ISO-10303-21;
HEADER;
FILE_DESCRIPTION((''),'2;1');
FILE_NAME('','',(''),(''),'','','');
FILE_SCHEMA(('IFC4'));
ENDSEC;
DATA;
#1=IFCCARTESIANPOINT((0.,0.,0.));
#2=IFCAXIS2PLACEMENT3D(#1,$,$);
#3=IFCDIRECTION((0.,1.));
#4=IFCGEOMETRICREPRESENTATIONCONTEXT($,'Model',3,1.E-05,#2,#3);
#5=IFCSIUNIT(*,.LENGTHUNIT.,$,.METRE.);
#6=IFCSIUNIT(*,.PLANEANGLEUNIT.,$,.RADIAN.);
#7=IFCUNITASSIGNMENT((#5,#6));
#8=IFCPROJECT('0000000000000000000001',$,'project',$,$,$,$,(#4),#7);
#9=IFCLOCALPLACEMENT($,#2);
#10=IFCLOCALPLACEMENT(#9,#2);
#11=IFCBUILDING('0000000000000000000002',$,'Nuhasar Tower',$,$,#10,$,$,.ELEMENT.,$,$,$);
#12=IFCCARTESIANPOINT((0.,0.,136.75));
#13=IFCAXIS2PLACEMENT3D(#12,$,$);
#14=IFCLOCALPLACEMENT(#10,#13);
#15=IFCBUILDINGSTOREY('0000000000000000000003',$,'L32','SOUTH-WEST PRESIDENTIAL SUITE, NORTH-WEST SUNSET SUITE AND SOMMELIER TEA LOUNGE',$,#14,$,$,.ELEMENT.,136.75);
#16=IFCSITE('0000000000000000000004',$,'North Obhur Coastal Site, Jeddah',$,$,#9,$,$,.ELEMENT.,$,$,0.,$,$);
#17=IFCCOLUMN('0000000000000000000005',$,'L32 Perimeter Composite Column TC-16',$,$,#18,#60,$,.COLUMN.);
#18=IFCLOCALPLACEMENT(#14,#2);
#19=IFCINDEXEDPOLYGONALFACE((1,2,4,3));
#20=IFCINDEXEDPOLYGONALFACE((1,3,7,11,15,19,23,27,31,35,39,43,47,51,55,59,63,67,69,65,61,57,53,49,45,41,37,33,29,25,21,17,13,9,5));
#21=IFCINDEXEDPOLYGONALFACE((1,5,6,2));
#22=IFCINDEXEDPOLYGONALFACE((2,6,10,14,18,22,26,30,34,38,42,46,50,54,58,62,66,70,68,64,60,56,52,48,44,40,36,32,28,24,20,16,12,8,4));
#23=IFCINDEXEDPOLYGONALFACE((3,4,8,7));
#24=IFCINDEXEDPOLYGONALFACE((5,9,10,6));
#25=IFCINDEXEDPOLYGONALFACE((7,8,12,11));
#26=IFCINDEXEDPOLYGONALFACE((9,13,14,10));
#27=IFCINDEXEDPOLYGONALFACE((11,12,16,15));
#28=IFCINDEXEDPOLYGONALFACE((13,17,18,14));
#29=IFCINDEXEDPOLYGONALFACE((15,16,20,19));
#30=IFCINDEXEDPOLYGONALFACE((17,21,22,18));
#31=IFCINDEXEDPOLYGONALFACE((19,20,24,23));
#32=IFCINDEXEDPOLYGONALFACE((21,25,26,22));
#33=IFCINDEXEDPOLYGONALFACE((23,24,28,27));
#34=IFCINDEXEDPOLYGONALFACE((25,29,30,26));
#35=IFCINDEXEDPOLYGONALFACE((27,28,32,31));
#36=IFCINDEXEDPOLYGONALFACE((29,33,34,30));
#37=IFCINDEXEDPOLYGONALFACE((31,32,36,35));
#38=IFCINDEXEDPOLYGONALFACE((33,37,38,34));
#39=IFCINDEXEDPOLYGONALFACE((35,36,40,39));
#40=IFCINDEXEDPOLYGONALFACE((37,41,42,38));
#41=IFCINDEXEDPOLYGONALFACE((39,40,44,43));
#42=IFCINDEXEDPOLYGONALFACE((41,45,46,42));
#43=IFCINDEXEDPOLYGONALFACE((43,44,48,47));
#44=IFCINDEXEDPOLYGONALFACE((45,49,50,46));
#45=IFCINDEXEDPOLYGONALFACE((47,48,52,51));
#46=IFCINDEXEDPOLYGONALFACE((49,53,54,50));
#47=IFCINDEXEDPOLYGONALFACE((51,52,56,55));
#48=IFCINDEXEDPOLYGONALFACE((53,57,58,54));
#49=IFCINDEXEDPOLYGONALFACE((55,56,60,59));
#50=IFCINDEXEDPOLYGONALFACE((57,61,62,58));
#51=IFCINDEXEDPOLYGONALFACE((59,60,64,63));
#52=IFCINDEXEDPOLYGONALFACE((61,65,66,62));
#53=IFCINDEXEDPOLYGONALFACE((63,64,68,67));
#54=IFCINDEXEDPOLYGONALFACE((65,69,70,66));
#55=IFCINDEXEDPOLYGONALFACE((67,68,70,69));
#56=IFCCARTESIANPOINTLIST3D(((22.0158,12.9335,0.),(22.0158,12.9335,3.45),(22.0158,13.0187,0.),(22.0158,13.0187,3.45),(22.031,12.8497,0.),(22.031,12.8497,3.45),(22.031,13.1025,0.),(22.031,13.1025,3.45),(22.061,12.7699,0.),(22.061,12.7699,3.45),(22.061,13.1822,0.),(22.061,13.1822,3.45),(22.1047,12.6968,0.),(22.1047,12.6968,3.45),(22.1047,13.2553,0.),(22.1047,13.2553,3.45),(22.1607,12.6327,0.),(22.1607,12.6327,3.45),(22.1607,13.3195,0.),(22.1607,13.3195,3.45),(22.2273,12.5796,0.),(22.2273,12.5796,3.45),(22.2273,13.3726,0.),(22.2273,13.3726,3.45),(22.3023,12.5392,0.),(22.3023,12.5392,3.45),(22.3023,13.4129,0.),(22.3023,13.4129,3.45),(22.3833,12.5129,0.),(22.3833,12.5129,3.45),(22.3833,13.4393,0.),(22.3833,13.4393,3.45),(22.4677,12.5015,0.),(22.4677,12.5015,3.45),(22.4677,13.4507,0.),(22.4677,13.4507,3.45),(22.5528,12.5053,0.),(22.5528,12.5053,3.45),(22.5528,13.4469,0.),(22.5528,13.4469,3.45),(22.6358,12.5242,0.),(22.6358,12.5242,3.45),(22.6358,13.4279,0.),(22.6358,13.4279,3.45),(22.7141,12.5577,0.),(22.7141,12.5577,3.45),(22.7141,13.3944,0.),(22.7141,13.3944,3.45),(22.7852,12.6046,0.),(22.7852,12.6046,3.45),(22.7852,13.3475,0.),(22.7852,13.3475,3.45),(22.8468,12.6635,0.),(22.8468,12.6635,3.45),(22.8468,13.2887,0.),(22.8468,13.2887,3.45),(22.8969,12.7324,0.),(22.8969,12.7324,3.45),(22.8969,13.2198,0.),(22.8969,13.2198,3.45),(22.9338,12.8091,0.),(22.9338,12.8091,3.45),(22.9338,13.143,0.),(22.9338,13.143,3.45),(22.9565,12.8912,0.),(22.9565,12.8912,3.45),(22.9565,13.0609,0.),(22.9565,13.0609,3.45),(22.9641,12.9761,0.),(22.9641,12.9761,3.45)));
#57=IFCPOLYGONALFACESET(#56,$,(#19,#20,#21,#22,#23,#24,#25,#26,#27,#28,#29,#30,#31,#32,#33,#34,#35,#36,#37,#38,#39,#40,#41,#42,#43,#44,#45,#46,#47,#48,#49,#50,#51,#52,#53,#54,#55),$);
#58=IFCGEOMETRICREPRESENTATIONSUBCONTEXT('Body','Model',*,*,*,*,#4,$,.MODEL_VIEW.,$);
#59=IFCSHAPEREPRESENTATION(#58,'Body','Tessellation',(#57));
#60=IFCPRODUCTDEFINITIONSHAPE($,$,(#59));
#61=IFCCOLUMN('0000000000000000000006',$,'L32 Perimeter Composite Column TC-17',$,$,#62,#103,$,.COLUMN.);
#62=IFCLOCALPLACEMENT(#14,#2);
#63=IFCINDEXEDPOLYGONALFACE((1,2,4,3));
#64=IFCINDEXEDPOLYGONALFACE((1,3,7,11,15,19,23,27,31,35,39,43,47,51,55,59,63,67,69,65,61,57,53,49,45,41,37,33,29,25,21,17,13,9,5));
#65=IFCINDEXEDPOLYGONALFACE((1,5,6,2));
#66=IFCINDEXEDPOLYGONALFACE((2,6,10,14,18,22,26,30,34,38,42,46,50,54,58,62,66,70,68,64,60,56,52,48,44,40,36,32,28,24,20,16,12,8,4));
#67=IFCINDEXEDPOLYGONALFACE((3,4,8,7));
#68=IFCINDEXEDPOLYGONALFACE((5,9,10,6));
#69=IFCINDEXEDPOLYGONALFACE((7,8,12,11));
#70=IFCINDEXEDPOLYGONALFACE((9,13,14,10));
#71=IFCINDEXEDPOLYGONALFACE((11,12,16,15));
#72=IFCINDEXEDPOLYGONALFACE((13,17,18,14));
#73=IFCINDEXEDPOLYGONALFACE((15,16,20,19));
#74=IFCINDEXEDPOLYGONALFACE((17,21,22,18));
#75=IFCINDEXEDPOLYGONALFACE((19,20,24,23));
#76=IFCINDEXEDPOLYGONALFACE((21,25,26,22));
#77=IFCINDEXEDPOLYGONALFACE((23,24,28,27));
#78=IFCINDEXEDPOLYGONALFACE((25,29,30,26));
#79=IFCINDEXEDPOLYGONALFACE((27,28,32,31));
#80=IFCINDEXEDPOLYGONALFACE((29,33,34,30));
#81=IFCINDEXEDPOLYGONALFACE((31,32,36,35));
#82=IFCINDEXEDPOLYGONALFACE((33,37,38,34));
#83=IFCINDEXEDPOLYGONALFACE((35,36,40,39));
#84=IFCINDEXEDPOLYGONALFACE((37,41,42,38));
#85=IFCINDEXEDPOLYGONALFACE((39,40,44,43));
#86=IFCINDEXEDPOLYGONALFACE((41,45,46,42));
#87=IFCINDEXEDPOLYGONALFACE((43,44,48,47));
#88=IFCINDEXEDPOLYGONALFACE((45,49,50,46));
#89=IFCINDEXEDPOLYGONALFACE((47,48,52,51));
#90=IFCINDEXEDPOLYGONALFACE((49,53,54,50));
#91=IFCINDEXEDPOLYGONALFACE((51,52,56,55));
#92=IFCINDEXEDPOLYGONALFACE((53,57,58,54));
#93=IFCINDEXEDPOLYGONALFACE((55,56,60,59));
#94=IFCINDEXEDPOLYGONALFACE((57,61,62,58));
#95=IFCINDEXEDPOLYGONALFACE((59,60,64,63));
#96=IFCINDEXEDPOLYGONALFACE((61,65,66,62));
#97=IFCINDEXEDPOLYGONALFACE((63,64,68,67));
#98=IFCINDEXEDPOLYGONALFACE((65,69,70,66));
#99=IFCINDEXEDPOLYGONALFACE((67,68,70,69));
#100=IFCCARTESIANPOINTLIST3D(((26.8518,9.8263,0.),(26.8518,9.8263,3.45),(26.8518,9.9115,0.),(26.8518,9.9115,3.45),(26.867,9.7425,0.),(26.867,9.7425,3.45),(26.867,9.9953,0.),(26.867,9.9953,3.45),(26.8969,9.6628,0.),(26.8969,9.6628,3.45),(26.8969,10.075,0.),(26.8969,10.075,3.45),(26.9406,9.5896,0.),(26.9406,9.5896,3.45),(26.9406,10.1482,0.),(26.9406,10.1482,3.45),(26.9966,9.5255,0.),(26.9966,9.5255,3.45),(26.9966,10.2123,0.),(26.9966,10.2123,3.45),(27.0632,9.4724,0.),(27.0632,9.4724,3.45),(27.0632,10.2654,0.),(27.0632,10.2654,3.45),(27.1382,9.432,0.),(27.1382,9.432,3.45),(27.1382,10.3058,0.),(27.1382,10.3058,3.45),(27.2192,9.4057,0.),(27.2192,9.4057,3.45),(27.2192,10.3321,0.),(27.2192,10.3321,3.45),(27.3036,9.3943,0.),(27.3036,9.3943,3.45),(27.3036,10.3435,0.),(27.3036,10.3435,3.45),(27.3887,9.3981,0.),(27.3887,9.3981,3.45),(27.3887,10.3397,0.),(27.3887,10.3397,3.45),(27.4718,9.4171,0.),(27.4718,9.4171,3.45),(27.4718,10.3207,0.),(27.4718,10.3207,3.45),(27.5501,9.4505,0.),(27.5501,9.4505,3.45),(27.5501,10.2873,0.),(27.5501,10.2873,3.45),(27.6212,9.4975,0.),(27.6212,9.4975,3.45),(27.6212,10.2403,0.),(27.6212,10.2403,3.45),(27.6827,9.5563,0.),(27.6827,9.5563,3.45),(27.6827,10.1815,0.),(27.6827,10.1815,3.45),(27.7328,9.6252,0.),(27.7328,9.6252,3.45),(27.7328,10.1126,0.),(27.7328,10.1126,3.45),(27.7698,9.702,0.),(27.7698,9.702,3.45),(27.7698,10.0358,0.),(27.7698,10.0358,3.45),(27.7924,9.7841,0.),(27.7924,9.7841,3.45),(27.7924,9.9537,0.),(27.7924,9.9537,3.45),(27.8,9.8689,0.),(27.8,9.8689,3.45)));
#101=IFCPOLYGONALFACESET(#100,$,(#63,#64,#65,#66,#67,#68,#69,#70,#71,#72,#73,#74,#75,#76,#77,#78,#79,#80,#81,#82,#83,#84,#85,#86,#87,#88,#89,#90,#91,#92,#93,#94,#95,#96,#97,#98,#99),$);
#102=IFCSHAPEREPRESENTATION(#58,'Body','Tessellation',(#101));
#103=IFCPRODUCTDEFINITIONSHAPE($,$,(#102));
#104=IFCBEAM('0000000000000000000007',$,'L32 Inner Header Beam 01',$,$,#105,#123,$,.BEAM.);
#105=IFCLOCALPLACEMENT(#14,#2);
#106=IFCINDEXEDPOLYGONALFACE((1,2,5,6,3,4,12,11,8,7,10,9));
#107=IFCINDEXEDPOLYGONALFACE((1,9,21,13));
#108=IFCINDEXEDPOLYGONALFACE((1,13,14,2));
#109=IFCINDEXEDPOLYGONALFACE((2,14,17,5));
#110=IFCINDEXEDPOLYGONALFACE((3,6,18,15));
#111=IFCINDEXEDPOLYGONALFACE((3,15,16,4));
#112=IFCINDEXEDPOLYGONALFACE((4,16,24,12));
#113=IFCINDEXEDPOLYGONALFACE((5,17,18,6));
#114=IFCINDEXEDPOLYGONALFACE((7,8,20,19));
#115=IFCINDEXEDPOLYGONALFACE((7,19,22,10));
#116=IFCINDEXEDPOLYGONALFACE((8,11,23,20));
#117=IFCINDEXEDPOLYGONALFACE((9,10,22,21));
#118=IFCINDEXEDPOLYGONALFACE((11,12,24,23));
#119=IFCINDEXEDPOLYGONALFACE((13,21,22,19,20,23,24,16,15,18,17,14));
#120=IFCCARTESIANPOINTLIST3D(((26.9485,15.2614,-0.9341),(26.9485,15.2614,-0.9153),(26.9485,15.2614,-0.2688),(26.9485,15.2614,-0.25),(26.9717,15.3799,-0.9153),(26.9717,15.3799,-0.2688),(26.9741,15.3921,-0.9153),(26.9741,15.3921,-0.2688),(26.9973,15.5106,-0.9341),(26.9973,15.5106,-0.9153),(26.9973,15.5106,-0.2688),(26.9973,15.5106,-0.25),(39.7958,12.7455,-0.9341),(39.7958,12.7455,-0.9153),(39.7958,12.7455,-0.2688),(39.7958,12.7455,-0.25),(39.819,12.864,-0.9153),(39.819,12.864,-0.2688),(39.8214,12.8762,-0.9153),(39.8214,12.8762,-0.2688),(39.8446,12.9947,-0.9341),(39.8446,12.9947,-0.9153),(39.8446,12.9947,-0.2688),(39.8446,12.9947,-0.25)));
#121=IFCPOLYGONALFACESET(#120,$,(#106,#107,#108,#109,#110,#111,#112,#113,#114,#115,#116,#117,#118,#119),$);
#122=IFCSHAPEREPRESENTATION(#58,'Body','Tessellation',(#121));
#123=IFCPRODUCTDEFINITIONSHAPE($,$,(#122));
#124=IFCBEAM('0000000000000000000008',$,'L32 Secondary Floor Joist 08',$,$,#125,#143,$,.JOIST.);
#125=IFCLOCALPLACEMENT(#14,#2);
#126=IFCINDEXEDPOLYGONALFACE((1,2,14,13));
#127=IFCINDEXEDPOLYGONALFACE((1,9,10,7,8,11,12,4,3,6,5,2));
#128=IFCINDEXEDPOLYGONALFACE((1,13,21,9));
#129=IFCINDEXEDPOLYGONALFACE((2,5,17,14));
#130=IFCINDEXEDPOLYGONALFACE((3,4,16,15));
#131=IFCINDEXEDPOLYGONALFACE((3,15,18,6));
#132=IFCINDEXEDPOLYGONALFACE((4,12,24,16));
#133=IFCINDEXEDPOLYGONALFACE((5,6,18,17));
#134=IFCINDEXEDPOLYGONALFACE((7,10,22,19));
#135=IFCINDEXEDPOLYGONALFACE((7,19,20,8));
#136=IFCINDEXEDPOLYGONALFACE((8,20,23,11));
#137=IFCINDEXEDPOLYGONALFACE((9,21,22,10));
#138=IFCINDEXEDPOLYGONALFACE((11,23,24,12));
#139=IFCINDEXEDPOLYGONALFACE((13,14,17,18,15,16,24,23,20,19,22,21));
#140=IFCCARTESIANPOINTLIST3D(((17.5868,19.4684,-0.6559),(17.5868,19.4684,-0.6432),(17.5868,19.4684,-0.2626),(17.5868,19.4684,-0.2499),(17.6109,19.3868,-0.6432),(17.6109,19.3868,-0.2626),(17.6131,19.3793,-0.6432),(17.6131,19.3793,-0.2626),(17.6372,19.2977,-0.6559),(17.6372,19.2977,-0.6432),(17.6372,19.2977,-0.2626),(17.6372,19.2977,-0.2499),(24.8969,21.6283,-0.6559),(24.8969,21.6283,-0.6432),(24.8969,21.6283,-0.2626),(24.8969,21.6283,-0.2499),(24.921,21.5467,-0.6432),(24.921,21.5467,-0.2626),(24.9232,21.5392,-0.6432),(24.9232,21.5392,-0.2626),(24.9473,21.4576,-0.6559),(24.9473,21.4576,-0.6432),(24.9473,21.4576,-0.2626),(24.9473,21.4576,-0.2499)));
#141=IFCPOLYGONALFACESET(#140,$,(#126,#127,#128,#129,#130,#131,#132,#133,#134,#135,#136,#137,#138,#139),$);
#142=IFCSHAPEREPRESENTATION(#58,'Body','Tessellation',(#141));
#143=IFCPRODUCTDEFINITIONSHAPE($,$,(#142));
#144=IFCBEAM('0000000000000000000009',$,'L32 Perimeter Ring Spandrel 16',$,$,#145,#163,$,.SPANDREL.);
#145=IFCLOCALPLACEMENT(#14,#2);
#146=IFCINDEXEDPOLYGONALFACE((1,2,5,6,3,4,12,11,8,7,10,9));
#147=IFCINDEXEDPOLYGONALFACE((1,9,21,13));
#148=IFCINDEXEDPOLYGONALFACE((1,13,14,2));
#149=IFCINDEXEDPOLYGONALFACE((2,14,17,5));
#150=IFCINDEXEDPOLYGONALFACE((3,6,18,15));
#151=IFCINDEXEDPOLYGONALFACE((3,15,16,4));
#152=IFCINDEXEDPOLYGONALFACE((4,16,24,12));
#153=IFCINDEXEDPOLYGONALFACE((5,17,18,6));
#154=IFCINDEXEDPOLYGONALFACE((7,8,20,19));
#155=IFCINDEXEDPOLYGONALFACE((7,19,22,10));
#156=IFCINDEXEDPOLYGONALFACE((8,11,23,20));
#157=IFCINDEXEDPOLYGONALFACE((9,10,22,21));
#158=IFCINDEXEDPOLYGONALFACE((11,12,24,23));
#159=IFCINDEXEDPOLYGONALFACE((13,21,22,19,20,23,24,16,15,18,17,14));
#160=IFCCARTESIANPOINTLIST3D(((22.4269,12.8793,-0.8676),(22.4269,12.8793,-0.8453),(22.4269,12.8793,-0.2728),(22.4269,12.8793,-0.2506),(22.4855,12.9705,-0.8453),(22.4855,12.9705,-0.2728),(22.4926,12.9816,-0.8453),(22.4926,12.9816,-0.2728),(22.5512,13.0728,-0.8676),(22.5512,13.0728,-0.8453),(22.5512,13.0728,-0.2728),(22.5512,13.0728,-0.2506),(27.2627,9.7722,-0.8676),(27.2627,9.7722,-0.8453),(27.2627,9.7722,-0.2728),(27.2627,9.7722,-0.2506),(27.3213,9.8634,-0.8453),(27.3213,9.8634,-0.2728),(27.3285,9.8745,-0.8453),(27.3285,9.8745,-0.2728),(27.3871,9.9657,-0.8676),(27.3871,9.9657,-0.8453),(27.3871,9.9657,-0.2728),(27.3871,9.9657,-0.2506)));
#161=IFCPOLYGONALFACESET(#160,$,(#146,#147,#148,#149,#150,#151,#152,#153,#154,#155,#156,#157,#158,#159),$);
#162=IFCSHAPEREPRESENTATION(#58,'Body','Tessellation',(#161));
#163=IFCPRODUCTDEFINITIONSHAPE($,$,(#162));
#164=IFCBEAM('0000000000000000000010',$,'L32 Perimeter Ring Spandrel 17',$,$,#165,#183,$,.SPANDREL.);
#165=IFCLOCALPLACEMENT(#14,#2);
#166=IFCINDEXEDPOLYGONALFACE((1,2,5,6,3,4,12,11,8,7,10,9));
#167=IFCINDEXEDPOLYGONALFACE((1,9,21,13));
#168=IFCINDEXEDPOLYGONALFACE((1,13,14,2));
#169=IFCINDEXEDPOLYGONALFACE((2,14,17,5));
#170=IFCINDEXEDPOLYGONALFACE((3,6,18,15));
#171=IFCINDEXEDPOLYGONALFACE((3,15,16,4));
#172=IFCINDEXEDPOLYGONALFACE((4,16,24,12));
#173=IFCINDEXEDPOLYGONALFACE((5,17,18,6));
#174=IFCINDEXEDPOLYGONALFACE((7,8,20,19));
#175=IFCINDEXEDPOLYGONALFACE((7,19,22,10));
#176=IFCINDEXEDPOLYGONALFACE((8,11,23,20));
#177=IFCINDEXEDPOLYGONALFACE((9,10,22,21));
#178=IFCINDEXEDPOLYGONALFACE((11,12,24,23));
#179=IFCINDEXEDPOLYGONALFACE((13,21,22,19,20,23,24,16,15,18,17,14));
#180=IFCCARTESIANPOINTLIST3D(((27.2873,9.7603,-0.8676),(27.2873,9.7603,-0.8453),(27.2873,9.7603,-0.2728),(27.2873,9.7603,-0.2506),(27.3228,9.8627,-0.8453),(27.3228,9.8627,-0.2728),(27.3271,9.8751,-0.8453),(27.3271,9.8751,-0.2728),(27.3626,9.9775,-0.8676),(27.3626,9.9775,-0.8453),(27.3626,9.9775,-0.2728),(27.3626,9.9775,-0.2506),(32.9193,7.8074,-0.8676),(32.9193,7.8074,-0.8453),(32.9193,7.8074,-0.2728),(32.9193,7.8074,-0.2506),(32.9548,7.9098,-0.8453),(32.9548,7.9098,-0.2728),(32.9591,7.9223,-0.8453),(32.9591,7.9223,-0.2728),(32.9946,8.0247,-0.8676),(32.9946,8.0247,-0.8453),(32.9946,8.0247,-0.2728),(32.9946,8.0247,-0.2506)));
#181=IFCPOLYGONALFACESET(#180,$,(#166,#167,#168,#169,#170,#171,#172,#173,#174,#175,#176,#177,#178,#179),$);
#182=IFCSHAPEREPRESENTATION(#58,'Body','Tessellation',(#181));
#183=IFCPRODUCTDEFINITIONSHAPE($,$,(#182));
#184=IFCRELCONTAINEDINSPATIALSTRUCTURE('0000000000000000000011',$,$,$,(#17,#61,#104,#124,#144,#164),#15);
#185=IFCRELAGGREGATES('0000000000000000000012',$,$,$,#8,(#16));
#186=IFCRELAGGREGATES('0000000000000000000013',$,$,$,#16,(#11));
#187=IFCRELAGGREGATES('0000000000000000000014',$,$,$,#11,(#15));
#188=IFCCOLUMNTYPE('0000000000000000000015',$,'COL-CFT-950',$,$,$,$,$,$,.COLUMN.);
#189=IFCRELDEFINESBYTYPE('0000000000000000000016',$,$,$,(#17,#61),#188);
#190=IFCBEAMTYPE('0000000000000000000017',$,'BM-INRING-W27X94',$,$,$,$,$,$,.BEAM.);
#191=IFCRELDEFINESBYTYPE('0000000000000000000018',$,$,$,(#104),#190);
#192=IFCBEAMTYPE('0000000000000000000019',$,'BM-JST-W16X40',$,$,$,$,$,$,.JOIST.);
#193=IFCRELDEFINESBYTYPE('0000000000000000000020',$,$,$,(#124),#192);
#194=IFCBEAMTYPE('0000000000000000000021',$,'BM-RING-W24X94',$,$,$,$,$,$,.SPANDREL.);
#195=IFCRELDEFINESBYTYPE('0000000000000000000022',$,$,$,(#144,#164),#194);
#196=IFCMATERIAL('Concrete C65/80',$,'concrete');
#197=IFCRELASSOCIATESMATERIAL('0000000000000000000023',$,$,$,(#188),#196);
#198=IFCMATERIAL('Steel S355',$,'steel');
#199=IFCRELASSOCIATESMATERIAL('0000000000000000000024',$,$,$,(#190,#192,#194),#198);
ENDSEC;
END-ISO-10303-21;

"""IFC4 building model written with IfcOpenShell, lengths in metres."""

from ifc_helpers import new_model, si_unit, direction, frame, origin, origin_2d, place, context, subcontext, project, spatial, circle, i_section, extrude, material, material_profile, profile_set, type_object, element, save


model = new_model("IFC4")

# Units and contexts
model_context = context("Model", 3, precision=1e-05, world=origin(), true_north=direction((0.0, 1.0)))
body_context = subcontext(model_context, "Body", "Model", "MODEL_VIEW")
ifc_project = project(units=[si_unit("LENGTHUNIT", "METRE"), si_unit("PLANEANGLEUNIT", "RADIAN")], contexts=[model_context])

# Site, building, storey
site_placement = place(None, origin())
site = spatial("IfcSite", under=ifc_project, at=site_placement, Name="North Obhur Coastal Site, Jeddah", CompositionType="ELEMENT", RefElevation=0.0)
building_placement = place(site_placement, origin())
building = spatial("IfcBuilding", under=site, at=building_placement, Name="Nuhasar Tower", CompositionType="ELEMENT")
storey_placement = place(building_placement, frame((0.0, 0.0, 136.75)))
storey = spatial("IfcBuildingStorey", under=building, at=storey_placement, Name="L32", Description="SOUTH-WEST PRESIDENTIAL SUITE, NORTH-WEST SUNSET SUITE AND SOMMELIER TEA LOUNGE", CompositionType="ELEMENT", Elevation=136.75)

# Columns
ifc_material_1 = material(Name="Concrete C65/80", Category="concrete")
ifc_material_profile_1 = material_profile(ifc_material_1, circle(Radius=0.4751, at=origin_2d()), Name="CFT950")
ifc_profile_set_1 = profile_set([ifc_material_profile_1], Name="Concrete C65/80")
column_type = type_object("IfcColumnType", Name="COL-CFT-950", PredefinedType="COLUMN", material=ifc_profile_set_1)
for number, where, z_axis, x_axis, name in (
    (1, (22.489, 12.9761, 0.0), (0.0, 0.0, 1.0), (1.0, 0.0, 0.0), "L32 Perimeter Composite Column TC-16"),
    (2, (27.325, 9.8689, 0.0), (0.0, 0.0, 1.0), (1.0, 0.0, 0.0), "L32 Perimeter Composite Column TC-17"),
):
    element("IfcColumn", number, at=place(storey_placement, frame(where, z_axis=z_axis, x_axis=x_axis)), inside=storey, type_object=column_type, Name=name, PredefinedType="COLUMN", context=body_context, shape_type="SweptSolid", body=[
        extrude(circle(Radius=0.4751, at=origin_2d()), origin(), (0.0, 0.0, 1.0), 3.45),
    ])

# Beams
ifc_material_2 = material(Name="Steel S355", Category="steel")
ifc_material_profile_2 = material_profile(ifc_material_2, i_section(OverallWidth=0.2539, OverallDepth=0.6841, WebThickness=0.0125, FlangeThickness=0.0188, at=origin_2d()), Name="W27X94")
ifc_profile_set_2 = profile_set([ifc_material_profile_2], Name="Steel S355")
beam_type_1 = type_object("IfcBeamType", Name="BM-INRING-W27X94", PredefinedType="BEAM", material=ifc_profile_set_2)
beam_1_placement = place(storey_placement, frame((26.9729, 15.386, -0.592), z_axis=(0.98136, -0.19218, 0.0), x_axis=(0.19218, 0.98136, 0.0)))
element("IfcBeam", 3, at=beam_1_placement, inside=storey, type_object=beam_type_1, Name="L32 Inner Header Beam 01", PredefinedType="BEAM", context=body_context, shape_type="SweptSolid", body=[
    extrude(i_section(OverallWidth=0.2539, OverallDepth=0.6841, WebThickness=0.0125, FlangeThickness=0.0188, at=origin_2d()), origin(), (0.0, 0.0, 1.0), 13.0913),
])
ifc_material_profile_3 = material_profile(ifc_material_2, i_section(OverallWidth=0.178, OverallDepth=0.406, WebThickness=0.0078, FlangeThickness=0.0127, at=origin_2d()), Name="W16X40")
ifc_profile_set_3 = profile_set([ifc_material_profile_3], Name="Steel S355")
beam_type_2 = type_object("IfcBeamType", Name="BM-JST-W16X40", PredefinedType="JOIST", material=ifc_profile_set_3)
beam_2_placement = place(storey_placement, frame((24.9221, 21.543, -0.4529), z_axis=(-0.959013, -0.283361, 0.0), x_axis=(0.283361, -0.959013, 0.0)))
element("IfcBeam", 4, at=beam_2_placement, inside=storey, type_object=beam_type_2, Name="L32 Secondary Floor Joist 08", PredefinedType="JOIST", context=body_context, shape_type="SweptSolid", body=[
    extrude(i_section(OverallWidth=0.178, OverallDepth=0.406, WebThickness=0.0078, FlangeThickness=0.0127, at=origin_2d()), origin(), (0.0, 0.0, 1.0), 7.6226),
])
ifc_material_profile_4 = material_profile(ifc_material_2, i_section(OverallWidth=0.23, OverallDepth=0.6169, WebThickness=0.0132, FlangeThickness=0.0222, at=origin_2d()), Name="W24X94")
ifc_profile_set_4 = profile_set([ifc_material_profile_4], Name="Steel S355")
beam_type_3 = type_object("IfcBeamType", Name="BM-RING-W24X94", PredefinedType="SPANDREL", material=ifc_profile_set_4)
beam_3_placement = place(storey_placement, frame((22.489, 12.9761, -0.5591), z_axis=(0.841308, -0.540556, 0.0), x_axis=(0.540556, 0.841308, 0.0)))
element("IfcBeam", 5, at=beam_3_placement, inside=storey, type_object=beam_type_3, Name="L32 Perimeter Ring Spandrel 16", PredefinedType="SPANDREL", context=body_context, shape_type="SweptSolid", body=[
    extrude(i_section(OverallWidth=0.23, OverallDepth=0.6169, WebThickness=0.0132, FlangeThickness=0.0222, at=origin_2d()), origin(), (0.0, 0.0, 1.0), 5.748),
])
beam_4_placement = place(storey_placement, frame((27.325, 9.8689, -0.5591), z_axis=(0.944814, -0.327607, 0.0), x_axis=(0.327607, 0.944814, 0.0)))
element("IfcBeam", 6, at=beam_4_placement, inside=storey, type_object=beam_type_3, Name="L32 Perimeter Ring Spandrel 17", PredefinedType="SPANDREL", context=body_context, shape_type="SweptSolid", body=[
    extrude(i_section(OverallWidth=0.23, OverallDepth=0.6169, WebThickness=0.0132, FlangeThickness=0.0222, at=origin_2d()), origin(), (0.0, 0.0, 1.0), 5.9609),
])

save(model, "model.ifc")
